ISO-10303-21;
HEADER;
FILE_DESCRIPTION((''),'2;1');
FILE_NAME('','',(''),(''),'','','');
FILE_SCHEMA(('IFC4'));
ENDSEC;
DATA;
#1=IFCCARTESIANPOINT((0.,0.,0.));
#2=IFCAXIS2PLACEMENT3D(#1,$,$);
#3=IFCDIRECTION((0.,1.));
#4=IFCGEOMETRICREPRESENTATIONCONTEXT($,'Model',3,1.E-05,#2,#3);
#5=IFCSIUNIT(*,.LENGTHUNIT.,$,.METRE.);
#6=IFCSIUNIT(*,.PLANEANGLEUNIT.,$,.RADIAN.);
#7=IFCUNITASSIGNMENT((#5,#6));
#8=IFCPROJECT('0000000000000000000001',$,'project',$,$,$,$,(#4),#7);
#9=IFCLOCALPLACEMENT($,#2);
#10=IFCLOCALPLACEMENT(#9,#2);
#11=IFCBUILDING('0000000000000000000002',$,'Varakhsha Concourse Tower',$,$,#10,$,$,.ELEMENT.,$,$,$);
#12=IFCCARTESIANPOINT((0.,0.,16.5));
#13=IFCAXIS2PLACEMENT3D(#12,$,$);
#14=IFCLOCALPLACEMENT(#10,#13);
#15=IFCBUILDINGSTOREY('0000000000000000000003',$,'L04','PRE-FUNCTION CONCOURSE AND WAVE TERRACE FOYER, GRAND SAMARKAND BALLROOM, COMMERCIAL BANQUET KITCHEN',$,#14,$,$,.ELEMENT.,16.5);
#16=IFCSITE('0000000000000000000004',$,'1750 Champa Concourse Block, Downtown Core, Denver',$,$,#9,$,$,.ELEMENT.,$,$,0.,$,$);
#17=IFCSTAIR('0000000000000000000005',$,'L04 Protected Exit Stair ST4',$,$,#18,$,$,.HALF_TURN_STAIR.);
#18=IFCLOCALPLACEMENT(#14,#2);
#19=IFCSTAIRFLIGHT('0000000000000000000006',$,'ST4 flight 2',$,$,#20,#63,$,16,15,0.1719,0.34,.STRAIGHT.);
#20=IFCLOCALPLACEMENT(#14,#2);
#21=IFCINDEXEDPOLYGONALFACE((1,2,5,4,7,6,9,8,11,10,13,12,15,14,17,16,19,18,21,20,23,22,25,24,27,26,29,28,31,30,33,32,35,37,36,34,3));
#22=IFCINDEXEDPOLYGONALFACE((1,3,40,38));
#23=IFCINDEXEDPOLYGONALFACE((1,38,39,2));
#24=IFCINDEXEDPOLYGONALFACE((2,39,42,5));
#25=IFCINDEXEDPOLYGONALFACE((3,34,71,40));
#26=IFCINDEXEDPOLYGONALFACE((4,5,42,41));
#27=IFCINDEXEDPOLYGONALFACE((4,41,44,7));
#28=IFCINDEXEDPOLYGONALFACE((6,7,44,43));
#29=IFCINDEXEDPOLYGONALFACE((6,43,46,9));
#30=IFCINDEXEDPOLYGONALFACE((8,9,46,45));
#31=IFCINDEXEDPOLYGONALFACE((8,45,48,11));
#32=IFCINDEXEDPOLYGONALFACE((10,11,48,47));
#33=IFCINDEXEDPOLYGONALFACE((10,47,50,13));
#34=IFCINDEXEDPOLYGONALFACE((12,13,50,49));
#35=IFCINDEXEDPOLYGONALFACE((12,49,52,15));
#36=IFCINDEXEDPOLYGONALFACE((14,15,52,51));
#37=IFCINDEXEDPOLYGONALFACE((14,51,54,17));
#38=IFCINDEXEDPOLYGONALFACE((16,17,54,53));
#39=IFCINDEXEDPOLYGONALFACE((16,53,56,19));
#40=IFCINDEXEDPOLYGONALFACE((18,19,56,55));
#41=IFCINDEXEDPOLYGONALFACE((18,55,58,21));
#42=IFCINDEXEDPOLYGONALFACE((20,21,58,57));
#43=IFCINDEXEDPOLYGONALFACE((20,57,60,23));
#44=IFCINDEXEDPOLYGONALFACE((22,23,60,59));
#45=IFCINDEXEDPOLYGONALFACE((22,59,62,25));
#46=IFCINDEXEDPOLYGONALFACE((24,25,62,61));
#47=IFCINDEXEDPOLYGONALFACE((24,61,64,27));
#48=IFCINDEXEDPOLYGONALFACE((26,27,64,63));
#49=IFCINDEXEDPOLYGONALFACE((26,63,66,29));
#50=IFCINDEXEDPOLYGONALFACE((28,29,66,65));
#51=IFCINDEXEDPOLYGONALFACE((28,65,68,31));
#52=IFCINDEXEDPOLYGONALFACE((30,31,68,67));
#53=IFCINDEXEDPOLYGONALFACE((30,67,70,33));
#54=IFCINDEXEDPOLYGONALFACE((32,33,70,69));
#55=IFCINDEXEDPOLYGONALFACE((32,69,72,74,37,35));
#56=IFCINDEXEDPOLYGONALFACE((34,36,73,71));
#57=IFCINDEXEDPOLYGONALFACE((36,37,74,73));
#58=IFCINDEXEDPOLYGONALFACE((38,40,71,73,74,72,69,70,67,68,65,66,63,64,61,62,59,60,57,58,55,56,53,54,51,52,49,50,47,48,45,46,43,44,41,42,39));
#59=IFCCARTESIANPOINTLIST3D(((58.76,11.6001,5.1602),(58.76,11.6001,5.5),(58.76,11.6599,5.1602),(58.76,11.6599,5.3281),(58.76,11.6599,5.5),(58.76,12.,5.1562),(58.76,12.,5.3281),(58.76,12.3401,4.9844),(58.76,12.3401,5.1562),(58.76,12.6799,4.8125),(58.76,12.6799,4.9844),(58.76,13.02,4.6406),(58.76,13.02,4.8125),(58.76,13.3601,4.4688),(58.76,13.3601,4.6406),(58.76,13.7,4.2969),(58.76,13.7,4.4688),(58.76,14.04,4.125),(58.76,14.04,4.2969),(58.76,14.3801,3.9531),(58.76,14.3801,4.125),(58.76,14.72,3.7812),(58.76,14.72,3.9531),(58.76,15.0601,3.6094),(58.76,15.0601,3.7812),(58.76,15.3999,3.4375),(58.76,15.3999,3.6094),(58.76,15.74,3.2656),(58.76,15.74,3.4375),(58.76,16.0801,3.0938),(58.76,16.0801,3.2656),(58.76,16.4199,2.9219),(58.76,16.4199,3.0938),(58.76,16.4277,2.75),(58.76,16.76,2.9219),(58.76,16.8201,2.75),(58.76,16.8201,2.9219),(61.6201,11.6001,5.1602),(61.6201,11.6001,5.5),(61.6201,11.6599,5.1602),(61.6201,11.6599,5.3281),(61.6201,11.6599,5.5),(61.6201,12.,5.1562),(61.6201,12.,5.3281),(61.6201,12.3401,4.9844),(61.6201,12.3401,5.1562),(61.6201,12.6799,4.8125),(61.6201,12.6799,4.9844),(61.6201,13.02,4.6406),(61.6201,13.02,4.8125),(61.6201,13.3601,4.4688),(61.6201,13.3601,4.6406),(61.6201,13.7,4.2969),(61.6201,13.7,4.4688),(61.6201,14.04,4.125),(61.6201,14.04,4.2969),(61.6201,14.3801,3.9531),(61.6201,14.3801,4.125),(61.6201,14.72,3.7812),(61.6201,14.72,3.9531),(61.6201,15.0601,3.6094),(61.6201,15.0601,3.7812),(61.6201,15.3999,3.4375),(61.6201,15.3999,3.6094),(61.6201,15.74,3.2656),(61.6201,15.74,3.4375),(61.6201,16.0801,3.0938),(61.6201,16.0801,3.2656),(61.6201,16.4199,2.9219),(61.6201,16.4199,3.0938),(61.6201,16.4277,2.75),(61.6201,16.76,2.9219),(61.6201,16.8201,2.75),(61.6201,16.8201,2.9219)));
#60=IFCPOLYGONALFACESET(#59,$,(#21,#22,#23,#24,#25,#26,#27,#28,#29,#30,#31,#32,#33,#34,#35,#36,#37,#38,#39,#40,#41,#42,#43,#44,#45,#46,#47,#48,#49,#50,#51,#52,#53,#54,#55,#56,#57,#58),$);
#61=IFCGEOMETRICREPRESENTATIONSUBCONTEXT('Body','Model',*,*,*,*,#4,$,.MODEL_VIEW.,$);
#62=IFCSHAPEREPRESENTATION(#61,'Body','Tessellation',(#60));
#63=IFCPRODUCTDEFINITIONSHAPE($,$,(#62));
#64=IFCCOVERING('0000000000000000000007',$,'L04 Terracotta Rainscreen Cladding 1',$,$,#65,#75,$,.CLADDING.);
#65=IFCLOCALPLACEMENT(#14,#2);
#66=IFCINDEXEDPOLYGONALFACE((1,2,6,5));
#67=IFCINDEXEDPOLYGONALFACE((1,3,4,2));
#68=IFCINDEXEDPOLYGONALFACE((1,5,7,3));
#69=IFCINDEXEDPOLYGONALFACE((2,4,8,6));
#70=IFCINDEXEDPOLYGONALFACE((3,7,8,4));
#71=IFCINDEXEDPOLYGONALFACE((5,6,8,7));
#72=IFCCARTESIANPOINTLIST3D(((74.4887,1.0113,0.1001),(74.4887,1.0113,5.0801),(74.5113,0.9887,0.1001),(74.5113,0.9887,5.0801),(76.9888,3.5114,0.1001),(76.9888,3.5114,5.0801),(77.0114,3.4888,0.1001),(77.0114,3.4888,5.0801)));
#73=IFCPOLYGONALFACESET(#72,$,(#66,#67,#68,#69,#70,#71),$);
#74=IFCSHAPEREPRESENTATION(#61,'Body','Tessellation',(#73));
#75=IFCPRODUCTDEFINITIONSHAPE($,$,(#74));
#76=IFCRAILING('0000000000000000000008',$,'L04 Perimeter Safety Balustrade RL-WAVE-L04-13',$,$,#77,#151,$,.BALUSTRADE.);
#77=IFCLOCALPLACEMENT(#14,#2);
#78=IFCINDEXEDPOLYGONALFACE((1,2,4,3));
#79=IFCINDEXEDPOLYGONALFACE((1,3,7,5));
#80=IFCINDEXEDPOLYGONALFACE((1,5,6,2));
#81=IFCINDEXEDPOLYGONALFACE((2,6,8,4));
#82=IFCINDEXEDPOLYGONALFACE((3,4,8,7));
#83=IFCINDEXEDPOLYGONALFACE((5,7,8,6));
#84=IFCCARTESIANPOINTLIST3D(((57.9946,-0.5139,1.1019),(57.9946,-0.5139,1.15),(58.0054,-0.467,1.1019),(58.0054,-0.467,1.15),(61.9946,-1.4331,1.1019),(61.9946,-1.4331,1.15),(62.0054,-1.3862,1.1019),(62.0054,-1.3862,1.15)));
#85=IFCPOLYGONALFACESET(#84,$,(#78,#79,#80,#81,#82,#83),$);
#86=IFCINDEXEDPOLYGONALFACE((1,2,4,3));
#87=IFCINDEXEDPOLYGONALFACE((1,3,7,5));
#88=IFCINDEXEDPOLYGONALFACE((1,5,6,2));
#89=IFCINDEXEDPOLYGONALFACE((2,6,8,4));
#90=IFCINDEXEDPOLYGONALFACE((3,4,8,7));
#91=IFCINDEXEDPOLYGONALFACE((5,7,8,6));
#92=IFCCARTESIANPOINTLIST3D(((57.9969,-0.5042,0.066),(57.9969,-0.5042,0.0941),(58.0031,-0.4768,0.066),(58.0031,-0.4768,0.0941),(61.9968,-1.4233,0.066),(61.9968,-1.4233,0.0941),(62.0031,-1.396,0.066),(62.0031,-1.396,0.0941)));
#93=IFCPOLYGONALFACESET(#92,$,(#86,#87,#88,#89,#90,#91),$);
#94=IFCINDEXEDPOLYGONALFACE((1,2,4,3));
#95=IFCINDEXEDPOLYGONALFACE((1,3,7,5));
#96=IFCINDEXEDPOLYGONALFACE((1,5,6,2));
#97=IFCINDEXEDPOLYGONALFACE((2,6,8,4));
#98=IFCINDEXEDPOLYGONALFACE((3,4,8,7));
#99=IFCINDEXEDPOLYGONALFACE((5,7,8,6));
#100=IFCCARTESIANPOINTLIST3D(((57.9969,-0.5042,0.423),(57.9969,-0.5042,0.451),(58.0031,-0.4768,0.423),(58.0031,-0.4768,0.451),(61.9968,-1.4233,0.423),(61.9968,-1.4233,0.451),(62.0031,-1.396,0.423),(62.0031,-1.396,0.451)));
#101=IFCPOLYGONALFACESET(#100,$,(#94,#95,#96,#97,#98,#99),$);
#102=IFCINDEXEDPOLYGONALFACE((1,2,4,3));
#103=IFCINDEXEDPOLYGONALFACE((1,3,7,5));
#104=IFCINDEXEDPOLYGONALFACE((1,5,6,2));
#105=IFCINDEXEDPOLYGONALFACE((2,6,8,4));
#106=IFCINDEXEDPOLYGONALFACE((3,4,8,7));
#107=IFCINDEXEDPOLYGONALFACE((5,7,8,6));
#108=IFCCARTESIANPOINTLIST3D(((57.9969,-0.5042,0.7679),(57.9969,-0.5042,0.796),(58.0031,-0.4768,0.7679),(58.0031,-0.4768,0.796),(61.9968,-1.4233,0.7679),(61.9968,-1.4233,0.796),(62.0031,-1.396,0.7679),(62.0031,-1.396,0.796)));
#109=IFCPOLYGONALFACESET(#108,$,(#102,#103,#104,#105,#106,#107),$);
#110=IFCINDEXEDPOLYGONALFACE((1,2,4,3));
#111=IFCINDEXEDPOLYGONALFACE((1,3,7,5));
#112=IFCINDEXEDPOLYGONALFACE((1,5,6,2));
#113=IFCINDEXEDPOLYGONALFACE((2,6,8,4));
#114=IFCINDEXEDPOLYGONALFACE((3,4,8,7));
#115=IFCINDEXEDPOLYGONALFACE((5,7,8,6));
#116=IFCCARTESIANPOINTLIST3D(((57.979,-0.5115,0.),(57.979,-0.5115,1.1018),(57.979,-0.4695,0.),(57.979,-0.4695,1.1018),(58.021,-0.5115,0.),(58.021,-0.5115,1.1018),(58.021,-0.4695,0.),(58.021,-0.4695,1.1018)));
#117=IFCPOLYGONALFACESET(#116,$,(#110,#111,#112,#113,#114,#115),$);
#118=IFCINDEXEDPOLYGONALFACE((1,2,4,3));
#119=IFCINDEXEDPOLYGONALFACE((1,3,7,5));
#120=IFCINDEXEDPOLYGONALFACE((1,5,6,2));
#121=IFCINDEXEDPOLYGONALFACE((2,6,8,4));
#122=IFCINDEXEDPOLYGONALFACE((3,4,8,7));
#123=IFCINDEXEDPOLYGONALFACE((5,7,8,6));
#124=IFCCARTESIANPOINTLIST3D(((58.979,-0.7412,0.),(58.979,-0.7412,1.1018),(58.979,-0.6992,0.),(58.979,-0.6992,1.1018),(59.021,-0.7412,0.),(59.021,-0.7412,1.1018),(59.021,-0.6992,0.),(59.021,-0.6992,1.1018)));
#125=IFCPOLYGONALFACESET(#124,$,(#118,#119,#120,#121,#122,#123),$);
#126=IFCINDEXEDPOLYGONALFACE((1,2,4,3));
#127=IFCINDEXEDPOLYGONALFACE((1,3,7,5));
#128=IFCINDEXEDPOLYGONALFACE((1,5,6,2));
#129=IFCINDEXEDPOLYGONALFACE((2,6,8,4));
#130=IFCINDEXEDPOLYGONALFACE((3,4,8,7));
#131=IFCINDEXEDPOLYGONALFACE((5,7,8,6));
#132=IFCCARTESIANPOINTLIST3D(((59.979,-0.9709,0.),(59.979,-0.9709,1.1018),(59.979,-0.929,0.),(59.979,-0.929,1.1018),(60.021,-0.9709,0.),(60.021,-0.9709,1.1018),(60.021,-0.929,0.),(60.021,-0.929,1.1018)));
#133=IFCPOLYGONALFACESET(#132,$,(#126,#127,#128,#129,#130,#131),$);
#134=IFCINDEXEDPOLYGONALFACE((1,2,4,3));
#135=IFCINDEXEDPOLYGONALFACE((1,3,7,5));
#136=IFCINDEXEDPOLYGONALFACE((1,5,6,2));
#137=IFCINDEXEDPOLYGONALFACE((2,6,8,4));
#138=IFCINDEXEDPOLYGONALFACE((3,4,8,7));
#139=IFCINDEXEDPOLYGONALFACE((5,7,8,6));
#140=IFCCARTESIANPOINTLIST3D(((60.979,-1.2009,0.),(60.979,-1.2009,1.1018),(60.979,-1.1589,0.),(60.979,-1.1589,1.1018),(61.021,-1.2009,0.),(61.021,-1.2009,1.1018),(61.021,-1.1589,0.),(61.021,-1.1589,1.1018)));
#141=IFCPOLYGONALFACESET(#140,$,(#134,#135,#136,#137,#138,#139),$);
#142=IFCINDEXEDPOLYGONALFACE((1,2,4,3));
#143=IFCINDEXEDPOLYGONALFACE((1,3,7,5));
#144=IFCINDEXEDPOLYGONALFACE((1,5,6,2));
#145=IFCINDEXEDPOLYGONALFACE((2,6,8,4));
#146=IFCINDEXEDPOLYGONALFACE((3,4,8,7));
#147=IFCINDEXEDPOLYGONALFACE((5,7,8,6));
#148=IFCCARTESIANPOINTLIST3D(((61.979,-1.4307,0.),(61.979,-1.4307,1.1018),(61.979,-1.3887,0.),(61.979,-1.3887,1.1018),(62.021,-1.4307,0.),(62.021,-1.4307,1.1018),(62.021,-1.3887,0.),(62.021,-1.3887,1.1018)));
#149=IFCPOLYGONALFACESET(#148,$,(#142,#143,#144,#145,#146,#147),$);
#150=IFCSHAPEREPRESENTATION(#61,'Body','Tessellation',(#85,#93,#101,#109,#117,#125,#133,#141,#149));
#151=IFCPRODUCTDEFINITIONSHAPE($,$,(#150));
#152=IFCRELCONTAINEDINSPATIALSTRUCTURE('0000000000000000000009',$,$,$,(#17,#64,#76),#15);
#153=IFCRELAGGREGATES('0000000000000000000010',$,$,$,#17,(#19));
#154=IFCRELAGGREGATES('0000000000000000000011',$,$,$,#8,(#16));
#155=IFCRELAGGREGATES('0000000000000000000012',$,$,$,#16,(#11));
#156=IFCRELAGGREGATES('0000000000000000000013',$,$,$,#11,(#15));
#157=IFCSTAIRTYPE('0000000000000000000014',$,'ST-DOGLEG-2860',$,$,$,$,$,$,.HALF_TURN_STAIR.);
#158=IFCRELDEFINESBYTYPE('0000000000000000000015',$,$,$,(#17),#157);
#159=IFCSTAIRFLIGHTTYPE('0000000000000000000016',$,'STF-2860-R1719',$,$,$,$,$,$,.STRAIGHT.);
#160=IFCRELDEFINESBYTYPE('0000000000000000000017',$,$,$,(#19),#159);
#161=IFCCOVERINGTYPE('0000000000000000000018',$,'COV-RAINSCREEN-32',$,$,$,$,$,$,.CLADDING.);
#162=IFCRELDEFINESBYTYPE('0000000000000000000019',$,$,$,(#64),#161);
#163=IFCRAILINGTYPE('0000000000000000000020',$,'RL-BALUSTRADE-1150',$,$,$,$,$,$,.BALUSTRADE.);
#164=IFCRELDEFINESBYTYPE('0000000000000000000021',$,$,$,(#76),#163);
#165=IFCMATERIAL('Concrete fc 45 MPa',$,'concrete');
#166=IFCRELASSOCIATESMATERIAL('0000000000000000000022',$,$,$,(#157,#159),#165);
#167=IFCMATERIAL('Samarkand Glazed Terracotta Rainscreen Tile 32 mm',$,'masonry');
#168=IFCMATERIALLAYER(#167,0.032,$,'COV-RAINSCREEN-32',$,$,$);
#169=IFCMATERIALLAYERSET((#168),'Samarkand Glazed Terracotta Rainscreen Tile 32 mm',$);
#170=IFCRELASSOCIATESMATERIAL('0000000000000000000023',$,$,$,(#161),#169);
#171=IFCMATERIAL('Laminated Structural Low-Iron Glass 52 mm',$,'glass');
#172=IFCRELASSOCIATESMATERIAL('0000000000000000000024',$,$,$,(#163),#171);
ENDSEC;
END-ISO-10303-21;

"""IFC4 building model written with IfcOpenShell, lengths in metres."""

from ifc_helpers import new_model, si_unit, direction, frame, frame_2d, origin, origin_2d, place, context, subcontext, project, spatial, polyline, rectangle, outline, extrude, material, layer, layer_set, type_object, element, aggregate, save


model = new_model("IFC4")

# Units and contexts
model_context = context("Model", 3, precision=1e-05, world=origin(), true_north=direction((0.0, 1.0)))
body_context = subcontext(model_context, "Body", "Model", "MODEL_VIEW")
ifc_project = project(units=[si_unit("LENGTHUNIT", "METRE"), si_unit("PLANEANGLEUNIT", "RADIAN")], contexts=[model_context])

# Site, building, storey
site_placement = place(None, origin())
site = spatial("IfcSite", under=ifc_project, at=site_placement, Name="1750 Champa Concourse Block, Downtown Core, Denver", CompositionType="ELEMENT", RefElevation=0.0)
building_placement = place(site_placement, origin())
building = spatial("IfcBuilding", under=site, at=building_placement, Name="Varakhsha Concourse Tower", CompositionType="ELEMENT")
storey_placement = place(building_placement, frame((0.0, 0.0, 16.5)))
storey = spatial("IfcBuildingStorey", under=building, at=storey_placement, Name="L04", Description="PRE-FUNCTION CONCOURSE AND WAVE TERRACE FOYER, GRAND SAMARKAND BALLROOM, COMMERCIAL BANQUET KITCHEN", CompositionType="ELEMENT", Elevation=16.5)

# Shared definitions
ifc_material_1 = material(Name="Concrete fc 45 MPa", Category="concrete")

# Stair, stair flight
stair_type = type_object("IfcStairType", Name="ST-DOGLEG-2860", PredefinedType="HALF_TURN_STAIR", material=ifc_material_1)
stair_placement = place(storey_placement, origin())
stair = element("IfcStair", 1, at=stair_placement, inside=storey, type_object=stair_type, Name="L04 Protected Exit Stair ST4", PredefinedType="HALF_TURN_STAIR")
stair_flight_type = type_object("IfcStairFlightType", Name="STF-2860-R1719", PredefinedType="STRAIGHT", material=ifc_material_1)
stair_flight_1_placement = place(storey_placement, frame((60.1899, 16.76, 2.75), z_axis=(0.0, 0.0, 1.0), x_axis=(0.0, -1.0, 0.0)))
stair_flight_1 = element("IfcStairFlight", 2, at=stair_flight_1_placement, type_object=stair_flight_type, Name="ST4 flight 2", NumberOfRisers=16, NumberOfTreads=15, PredefinedType="STRAIGHT", RiserHeight=0.1719, TreadLength=0.34, context=body_context, shape_type="SweptSolid", body=[
    extrude(outline(polyline([(-0.0601, 0.0), (-0.0601, 0.1719), (0.0, 0.1719), (0.3401, 0.1719), (0.3401, 0.3438), (0.6799, 0.3438), (0.6799, 0.5156), (1.02, 0.5156), (1.02, 0.6875), (1.3601, 0.6875), (1.3601, 0.8594), (1.7, 0.8594), (1.7, 1.0312), (2.04, 1.0312), (2.04, 1.2031), (2.3799, 1.2031), (2.3799, 1.375), (2.72, 1.375), (2.72, 1.5469), (3.0601, 1.5469), (3.0601, 1.7188), (3.3999, 1.7188), (3.3999, 1.8906), (3.74, 1.8906), (3.74, 2.0625), (4.0801, 2.0625), (4.0801, 2.2344), (4.4199, 2.2344), (4.4199, 2.4062), (4.76, 2.4062), (4.76, 2.5781), (5.1001, 2.5781), (5.1001, 2.75), (5.1599, 2.75), (5.1599, 2.4102), (5.1001, 2.4102), (0.3323, 0.0), (-0.0601, 0.0)])), frame((0.0, 1.4302, 0.0), z_axis=(0.0, -1.0, 0.0), x_axis=(1.0, 0.0, 0.0)), (0.0, 0.0, 1.0), 2.8601),
])
aggregate(stair, [stair_flight_1])

# Covering
ifc_material_2 = material(Name="Samarkand Glazed Terracotta Rainscreen Tile 32 mm", Category="masonry")
ifc_layer_1 = layer(ifc_material_2, 0.032, Name="COV-RAINSCREEN-32")
ifc_layer_set_1 = layer_set([ifc_layer_1], Name="Samarkand Glazed Terracotta Rainscreen Tile 32 mm")
covering_type = type_object("IfcCoveringType", Name="COV-RAINSCREEN-32", PredefinedType="CLADDING", material=ifc_layer_set_1)
covering_placement = place(storey_placement, frame((74.5, 1.0, 0.1001), z_axis=(0.0, 0.0, 1.0), x_axis=(0.707107, 0.707107, 0.0)))
element("IfcCovering", 3, at=covering_placement, inside=storey, type_object=covering_type, Name="L04 Terracotta Rainscreen Cladding 1", PredefinedType="CLADDING", context=body_context, shape_type="SweptSolid", body=[
    extrude(rectangle(XDim=3.5356, YDim=0.032, at=frame_2d((1.7678, 0.0))), origin(), (0.0, 0.0, 1.0), 4.98),
])

# Railing
ifc_material_3 = material(Name="Laminated Structural Low-Iron Glass 52 mm", Category="glass")
railing_type_1 = type_object("IfcRailingType", Name="RL-BALUSTRADE-1150", PredefinedType="BALUSTRADE", material=ifc_material_3)
railing_1_placement = place(storey_placement, frame((58.0, -0.4905, 0.0)))
element("IfcRailing", 4, at=railing_1_placement, inside=storey, type_object=railing_type_1, Name="L04 Perimeter Safety Balustrade RL-WAVE-L04-13", PredefinedType="BALUSTRADE", context=body_context, shape_type="SweptSolid", body=[
    extrude(rectangle(XDim=0.0481, YDim=0.0481, at=origin_2d()), frame((0.0, 0.0, 1.126), z_axis=(0.974598, -0.22396, 0.0), x_axis=(0.22396, 0.974598, 0.0)), (0.0, 0.0, 1.0), 4.1042),
    extrude(rectangle(XDim=0.0281, YDim=0.0281, at=origin_2d()), frame((0.0, 0.0, 0.0801), z_axis=(0.974598, -0.22396, 0.0), x_axis=(0.22396, 0.974598, 0.0)), (0.0, 0.0, 1.0), 4.1042),
    extrude(rectangle(XDim=0.0281, YDim=0.0281, at=origin_2d()), frame((0.0, 0.0, 0.437), z_axis=(0.974598, -0.22396, 0.0), x_axis=(0.22396, 0.974598, 0.0)), (0.0, 0.0, 1.0), 4.1042),
    extrude(rectangle(XDim=0.0281, YDim=0.0281, at=origin_2d()), frame((0.0, 0.0, 0.782), z_axis=(0.974598, -0.22396, 0.0), x_axis=(0.22396, 0.974598, 0.0)), (0.0, 0.0, 1.0), 4.1042),
    extrude(rectangle(XDim=0.042, YDim=0.042, at=origin_2d()), origin(), (0.0, 0.0, 1.0), 1.1018),
    extrude(rectangle(XDim=0.042, YDim=0.042, at=origin_2d()), frame((1.0, -0.2297, 0.0)), (0.0, 0.0, 1.0), 1.1018),
    extrude(rectangle(XDim=0.042, YDim=0.042, at=origin_2d()), frame((2.0, -0.4595, 0.0)), (0.0, 0.0, 1.0), 1.1018),
    extrude(rectangle(XDim=0.042, YDim=0.042, at=origin_2d()), frame((3.0, -0.6895, 0.0)), (0.0, 0.0, 1.0), 1.1018),
    extrude(rectangle(XDim=0.042, YDim=0.042, at=origin_2d()), frame((4.0, -0.9192, 0.0)), (0.0, 0.0, 1.0), 1.1018),
])

save(model, "model.ifc")
